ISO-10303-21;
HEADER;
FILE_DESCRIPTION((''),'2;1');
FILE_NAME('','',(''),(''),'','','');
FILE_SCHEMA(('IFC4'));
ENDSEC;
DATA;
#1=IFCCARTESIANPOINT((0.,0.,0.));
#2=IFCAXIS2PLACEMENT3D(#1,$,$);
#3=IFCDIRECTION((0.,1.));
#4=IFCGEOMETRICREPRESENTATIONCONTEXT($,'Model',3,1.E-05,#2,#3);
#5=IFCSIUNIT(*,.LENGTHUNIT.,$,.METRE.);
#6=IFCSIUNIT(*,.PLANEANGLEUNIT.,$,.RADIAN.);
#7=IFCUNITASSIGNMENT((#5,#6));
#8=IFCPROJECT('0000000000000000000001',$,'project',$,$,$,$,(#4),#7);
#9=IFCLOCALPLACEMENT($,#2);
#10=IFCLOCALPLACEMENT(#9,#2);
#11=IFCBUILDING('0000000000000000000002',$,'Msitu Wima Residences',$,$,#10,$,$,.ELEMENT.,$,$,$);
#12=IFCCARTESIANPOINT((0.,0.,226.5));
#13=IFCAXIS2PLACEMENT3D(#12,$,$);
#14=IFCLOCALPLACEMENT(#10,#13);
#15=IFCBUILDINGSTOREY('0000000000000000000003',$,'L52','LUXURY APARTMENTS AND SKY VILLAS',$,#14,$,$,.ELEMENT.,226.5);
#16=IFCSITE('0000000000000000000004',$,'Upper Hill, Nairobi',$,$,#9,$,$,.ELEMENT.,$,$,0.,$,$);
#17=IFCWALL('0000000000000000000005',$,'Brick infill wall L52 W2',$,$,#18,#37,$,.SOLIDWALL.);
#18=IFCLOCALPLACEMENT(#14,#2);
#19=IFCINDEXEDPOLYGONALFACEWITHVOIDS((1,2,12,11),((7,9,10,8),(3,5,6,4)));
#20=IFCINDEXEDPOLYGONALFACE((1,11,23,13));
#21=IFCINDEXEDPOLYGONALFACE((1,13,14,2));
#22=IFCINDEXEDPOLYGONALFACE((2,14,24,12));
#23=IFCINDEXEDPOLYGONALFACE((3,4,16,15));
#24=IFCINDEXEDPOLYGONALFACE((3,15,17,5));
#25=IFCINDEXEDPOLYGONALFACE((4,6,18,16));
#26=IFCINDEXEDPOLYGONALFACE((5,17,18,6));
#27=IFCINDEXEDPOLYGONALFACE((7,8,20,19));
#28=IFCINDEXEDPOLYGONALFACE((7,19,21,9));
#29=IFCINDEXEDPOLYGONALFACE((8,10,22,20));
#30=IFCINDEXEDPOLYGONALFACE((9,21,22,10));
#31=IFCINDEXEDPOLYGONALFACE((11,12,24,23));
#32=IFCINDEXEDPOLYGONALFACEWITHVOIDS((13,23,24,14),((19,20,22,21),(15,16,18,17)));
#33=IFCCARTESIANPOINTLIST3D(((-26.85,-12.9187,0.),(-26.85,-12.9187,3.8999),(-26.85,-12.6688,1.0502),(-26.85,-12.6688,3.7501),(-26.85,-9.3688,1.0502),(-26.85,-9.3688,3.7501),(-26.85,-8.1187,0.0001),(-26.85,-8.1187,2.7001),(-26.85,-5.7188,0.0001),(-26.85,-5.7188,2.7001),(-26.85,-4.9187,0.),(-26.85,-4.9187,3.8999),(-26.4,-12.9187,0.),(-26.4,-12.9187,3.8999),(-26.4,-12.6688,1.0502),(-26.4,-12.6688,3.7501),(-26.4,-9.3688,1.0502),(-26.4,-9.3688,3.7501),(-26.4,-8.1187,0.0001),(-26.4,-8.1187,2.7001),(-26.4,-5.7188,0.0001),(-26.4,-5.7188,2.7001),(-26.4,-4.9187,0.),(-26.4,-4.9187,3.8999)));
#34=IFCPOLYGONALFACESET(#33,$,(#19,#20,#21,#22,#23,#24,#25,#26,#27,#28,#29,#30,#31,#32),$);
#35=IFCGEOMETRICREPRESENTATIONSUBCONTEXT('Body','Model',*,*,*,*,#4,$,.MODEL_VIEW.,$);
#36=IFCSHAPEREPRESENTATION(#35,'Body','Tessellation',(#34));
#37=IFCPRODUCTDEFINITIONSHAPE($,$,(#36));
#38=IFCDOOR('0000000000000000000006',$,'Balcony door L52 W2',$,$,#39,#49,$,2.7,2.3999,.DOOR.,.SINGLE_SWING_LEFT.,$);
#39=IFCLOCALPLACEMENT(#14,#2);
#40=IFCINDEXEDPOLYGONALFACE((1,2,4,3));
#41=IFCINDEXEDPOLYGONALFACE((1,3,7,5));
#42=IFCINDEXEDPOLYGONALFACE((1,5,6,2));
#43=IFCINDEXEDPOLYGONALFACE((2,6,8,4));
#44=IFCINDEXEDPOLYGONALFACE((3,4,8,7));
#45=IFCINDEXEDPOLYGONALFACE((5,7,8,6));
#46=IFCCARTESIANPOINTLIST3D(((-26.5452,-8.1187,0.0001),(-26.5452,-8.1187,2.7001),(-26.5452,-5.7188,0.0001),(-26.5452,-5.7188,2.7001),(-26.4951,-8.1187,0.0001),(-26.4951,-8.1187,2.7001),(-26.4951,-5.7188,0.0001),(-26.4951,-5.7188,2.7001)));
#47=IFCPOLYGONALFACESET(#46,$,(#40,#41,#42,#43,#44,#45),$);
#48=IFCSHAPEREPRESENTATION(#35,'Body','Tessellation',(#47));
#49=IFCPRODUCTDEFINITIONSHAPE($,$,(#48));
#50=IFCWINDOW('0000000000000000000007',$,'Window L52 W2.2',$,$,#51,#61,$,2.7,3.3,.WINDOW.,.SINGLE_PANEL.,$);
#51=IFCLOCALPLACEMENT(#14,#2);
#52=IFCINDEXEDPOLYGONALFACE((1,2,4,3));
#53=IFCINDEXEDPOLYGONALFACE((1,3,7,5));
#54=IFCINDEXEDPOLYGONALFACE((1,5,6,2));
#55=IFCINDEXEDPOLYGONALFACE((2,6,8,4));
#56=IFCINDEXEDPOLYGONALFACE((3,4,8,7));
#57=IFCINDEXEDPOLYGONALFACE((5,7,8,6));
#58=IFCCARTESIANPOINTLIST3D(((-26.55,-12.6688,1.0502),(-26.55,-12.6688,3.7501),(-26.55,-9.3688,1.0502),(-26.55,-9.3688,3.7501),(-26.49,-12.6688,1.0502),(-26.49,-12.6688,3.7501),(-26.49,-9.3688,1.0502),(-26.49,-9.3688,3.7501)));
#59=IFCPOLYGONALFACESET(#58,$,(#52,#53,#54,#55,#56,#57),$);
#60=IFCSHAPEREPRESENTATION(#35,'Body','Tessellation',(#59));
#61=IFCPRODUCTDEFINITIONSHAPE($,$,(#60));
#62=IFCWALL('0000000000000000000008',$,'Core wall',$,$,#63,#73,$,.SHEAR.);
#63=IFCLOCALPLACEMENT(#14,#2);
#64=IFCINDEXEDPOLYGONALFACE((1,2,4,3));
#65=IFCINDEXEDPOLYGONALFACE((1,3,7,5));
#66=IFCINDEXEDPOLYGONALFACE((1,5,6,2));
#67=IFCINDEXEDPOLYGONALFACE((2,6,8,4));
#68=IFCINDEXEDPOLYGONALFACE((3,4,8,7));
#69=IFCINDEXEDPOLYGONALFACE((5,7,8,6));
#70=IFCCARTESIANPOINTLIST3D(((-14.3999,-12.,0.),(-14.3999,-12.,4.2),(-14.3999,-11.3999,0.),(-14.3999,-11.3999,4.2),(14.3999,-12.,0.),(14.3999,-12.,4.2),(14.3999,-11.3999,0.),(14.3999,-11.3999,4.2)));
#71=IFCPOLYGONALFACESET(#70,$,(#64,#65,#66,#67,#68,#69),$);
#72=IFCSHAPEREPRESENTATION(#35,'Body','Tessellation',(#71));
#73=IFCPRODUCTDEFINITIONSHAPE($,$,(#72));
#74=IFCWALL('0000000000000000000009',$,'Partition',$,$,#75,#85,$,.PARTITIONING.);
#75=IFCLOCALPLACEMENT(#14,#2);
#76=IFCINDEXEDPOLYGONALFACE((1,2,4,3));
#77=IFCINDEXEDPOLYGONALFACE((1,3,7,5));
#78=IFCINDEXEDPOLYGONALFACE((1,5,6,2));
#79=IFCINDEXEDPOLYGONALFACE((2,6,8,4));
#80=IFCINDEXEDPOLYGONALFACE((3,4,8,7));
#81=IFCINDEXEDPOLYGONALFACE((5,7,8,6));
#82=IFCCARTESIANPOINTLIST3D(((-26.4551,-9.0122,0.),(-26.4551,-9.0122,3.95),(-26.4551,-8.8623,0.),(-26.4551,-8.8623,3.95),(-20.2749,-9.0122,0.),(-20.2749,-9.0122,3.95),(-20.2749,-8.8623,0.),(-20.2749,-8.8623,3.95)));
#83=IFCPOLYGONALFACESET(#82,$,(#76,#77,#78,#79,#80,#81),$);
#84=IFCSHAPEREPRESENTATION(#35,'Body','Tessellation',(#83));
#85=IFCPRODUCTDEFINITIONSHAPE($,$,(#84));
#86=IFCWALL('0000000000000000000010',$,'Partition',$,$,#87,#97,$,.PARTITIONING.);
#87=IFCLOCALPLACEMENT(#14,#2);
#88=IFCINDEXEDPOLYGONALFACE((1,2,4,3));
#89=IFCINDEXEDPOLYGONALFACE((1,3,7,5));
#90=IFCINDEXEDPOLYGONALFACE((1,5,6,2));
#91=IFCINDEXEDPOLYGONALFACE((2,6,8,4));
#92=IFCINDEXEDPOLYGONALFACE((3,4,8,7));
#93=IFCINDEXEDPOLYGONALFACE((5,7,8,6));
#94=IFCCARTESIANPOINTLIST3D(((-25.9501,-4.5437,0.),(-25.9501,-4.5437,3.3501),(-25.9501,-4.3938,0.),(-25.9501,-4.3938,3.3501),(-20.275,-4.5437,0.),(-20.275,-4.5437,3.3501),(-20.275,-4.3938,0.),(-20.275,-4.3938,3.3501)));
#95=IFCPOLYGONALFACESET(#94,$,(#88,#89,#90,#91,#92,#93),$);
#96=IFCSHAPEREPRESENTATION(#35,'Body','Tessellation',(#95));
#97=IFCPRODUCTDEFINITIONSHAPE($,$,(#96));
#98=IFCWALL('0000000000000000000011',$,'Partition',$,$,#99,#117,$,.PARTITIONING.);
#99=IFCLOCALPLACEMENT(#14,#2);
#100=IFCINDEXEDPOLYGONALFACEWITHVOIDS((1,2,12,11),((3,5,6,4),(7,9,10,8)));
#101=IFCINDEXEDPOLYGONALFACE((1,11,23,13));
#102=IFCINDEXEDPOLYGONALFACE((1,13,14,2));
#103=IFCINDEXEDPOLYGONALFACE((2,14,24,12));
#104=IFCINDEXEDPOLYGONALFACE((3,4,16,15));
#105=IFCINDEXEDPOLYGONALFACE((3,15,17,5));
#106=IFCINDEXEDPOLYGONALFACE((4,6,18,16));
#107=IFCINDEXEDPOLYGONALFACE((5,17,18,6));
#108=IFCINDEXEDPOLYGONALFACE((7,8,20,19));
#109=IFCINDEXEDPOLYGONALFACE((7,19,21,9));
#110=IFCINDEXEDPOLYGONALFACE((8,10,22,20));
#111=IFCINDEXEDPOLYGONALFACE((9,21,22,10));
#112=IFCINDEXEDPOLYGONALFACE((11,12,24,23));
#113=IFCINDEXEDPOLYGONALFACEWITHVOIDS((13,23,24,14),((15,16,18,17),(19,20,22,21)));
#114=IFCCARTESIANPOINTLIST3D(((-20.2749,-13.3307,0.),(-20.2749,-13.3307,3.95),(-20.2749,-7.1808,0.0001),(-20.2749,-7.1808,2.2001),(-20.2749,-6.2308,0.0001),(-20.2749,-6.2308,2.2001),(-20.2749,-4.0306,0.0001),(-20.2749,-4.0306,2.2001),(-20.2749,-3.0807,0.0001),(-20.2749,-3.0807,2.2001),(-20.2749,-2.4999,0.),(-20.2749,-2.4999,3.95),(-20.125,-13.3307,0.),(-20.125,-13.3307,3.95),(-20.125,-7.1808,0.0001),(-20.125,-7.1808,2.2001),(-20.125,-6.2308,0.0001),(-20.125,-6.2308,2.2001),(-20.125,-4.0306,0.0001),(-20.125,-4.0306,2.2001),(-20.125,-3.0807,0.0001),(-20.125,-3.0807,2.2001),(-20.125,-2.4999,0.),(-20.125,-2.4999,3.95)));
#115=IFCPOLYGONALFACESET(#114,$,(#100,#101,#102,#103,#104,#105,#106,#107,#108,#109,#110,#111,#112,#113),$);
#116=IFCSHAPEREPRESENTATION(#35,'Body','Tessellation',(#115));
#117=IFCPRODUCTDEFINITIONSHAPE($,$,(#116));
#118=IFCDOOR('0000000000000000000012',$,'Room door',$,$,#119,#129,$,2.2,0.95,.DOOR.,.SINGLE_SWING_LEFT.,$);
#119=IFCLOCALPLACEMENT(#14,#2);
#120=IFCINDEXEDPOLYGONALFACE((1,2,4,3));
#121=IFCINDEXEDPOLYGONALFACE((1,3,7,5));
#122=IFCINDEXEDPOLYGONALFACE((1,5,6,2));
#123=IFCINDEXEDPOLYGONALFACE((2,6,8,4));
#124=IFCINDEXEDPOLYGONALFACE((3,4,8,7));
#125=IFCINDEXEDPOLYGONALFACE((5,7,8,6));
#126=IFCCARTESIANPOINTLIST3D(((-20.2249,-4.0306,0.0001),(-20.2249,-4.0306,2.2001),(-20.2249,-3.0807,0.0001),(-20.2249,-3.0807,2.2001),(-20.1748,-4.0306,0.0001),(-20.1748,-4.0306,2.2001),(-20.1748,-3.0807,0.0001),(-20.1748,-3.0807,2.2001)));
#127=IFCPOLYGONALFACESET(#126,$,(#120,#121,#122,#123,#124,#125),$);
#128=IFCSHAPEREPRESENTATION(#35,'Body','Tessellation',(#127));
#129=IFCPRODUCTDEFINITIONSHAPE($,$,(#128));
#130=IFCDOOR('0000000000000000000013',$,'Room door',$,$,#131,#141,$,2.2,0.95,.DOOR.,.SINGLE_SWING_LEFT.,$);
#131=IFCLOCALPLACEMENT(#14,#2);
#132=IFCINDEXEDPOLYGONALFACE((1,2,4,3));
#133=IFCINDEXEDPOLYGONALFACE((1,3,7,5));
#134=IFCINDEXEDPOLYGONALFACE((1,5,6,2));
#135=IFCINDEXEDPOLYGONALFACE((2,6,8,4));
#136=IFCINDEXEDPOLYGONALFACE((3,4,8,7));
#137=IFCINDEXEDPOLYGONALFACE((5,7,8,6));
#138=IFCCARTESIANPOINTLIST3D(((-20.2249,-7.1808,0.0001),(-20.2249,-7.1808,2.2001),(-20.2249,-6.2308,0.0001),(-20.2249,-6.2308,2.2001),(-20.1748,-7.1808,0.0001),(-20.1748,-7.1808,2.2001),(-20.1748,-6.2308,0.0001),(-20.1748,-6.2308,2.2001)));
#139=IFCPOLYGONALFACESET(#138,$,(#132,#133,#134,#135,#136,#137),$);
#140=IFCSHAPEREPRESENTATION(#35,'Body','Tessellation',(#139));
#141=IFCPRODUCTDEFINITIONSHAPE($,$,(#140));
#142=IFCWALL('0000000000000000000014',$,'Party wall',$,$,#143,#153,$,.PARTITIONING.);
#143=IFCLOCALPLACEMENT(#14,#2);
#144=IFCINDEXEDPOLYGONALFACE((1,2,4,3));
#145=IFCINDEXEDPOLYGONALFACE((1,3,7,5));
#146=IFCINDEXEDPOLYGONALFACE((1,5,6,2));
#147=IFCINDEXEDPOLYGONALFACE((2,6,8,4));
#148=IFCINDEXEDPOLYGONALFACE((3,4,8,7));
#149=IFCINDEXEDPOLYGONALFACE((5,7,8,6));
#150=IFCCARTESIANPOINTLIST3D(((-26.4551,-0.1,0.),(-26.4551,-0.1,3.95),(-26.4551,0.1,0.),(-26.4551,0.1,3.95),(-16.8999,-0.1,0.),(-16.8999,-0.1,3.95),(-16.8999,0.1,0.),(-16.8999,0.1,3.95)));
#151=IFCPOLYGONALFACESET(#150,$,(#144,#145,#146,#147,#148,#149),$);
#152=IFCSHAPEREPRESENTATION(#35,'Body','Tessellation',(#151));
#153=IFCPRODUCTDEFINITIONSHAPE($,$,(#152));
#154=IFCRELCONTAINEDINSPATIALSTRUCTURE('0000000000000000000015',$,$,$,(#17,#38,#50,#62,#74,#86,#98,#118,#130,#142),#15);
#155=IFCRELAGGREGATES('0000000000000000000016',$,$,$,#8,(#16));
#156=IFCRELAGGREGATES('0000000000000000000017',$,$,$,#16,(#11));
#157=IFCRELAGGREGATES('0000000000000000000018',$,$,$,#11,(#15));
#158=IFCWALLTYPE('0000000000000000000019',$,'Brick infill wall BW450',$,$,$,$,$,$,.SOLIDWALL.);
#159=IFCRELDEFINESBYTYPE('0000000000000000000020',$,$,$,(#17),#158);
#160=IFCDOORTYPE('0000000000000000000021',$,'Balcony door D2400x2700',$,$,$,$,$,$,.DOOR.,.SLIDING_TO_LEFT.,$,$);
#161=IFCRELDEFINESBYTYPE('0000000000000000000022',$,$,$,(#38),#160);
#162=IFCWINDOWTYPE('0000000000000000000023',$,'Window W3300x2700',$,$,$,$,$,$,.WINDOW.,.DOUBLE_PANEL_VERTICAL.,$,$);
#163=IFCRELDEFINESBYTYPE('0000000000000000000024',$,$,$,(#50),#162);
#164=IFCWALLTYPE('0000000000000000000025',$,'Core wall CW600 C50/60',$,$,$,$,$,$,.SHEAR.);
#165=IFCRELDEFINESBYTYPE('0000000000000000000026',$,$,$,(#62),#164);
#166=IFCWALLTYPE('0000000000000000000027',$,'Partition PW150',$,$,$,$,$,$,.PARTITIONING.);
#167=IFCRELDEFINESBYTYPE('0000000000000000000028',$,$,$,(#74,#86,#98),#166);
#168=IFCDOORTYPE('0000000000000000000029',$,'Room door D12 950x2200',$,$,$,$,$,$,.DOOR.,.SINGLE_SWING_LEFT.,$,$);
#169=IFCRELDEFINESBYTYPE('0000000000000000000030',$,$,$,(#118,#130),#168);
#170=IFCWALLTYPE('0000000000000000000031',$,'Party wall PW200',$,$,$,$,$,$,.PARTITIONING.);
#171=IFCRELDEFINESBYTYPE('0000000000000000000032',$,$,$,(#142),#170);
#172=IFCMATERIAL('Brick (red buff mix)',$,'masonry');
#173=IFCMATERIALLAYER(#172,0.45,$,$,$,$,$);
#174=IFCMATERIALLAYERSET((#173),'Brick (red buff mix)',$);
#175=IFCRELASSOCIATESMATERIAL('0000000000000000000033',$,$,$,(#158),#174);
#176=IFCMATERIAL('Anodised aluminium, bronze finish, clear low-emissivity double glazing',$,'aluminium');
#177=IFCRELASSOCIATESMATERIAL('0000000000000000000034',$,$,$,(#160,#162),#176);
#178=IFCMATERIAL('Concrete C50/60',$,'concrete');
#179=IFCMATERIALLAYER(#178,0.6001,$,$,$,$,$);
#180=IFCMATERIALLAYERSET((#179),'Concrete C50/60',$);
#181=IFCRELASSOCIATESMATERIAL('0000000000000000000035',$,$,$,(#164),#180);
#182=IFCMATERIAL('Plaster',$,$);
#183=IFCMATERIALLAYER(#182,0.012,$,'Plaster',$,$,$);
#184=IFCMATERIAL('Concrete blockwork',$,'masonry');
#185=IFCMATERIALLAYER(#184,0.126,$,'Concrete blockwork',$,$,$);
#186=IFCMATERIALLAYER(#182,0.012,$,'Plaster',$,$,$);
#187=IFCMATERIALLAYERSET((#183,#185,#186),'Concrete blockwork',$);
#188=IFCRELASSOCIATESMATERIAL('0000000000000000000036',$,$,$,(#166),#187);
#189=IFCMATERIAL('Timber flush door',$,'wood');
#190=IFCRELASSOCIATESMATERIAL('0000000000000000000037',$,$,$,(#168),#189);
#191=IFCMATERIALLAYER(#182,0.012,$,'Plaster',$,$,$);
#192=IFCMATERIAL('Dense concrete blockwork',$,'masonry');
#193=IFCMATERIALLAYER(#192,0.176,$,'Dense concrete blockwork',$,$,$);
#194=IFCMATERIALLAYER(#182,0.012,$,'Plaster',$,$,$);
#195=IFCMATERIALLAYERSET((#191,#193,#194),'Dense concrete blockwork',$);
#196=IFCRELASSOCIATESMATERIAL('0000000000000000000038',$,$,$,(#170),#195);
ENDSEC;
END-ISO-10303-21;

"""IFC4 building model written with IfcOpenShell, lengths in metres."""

from ifc_helpers import new_model, si_unit, direction, frame, frame_2d, origin, place, context, subcontext, project, spatial, rectangle, extrude, material, layer, layer_set, type_object, element, fill, save


model = new_model("IFC4")

# Units and contexts
model_context = context("Model", 3, precision=1e-05, world=origin(), true_north=direction((0.0, 1.0)))
body_context = subcontext(model_context, "Body", "Model", "MODEL_VIEW")
ifc_project = project(units=[si_unit("LENGTHUNIT", "METRE"), si_unit("PLANEANGLEUNIT", "RADIAN")], contexts=[model_context])

# Site, building, storey
site_placement = place(None, origin())
site = spatial("IfcSite", under=ifc_project, at=site_placement, Name="Upper Hill, Nairobi", CompositionType="ELEMENT", RefElevation=0.0)
building_placement = place(site_placement, origin())
building = spatial("IfcBuilding", under=site, at=building_placement, Name="Msitu Wima Residences", CompositionType="ELEMENT")
storey_placement = place(building_placement, frame((0.0, 0.0, 226.5)))
storey = spatial("IfcBuildingStorey", under=building, at=storey_placement, Name="L52", Description="LUXURY APARTMENTS AND SKY VILLAS", CompositionType="ELEMENT", Elevation=226.5)

# Shared definitions
ifc_material_1 = material(Name="Concrete C50/60", Category="concrete")

# Wall, openings, door, window
ifc_material_2 = material(Name="Brick (red buff mix)", Category="masonry")
ifc_layer_1 = layer(ifc_material_2, 0.45)
ifc_layer_set_1 = layer_set([ifc_layer_1], Name="Brick (red buff mix)")
wall_type_1 = type_object("IfcWallType", Name="Brick infill wall BW450", PredefinedType="SOLIDWALL", material=ifc_layer_set_1)
wall_1_placement = place(storey_placement, frame((-26.625, -4.9187, 0.0), z_axis=(0.0, 0.0, 1.0), x_axis=(0.0, -1.0, 0.0)))
wall_1 = element("IfcWall", 1, at=wall_1_placement, inside=storey, type_object=wall_type_1, Name="Brick infill wall L52 W2", PredefinedType="SOLIDWALL", context=body_context, shape_type="SweptSolid", body=[
    extrude(rectangle(XDim=8.0, YDim=0.45, at=frame_2d((4.0, 0.0))), origin(), (0.0, 0.0, 1.0), 3.8999),
])
opening_1_placement = place(wall_1_placement, frame((0.8, 0.0, 0.0)))
opening_1 = element("IfcOpeningElement", 2, at=opening_1_placement, cuts=wall_1, PredefinedType="OPENING", context=body_context, shape_type="SweptSolid", body=[
    extrude(rectangle(XDim=2.3999, YDim=2.7, at=frame_2d((1.2, 1.3501))), frame((0.0, 0.2349, 0.0), z_axis=(0.0, -1.0, 0.0), x_axis=(1.0, 0.0, 0.0)), (0.0, 0.0, 1.0), 0.47),
])
opening_2_placement = place(wall_1_placement, frame((4.4502, 0.0, 1.05)))
opening_2 = element("IfcOpeningElement", 3, at=opening_2_placement, cuts=wall_1, PredefinedType="OPENING", context=body_context, shape_type="SweptSolid", body=[
    extrude(rectangle(XDim=3.3, YDim=2.7, at=frame_2d((1.6499, 1.3501))), frame((0.0, 0.2349, 0.0), z_axis=(0.0, -1.0, 0.0), x_axis=(1.0, 0.0, 0.0)), (0.0, 0.0, 1.0), 0.47),
])
ifc_material_3 = material(Name="Anodised aluminium, bronze finish, clear low-emissivity double glazing", Category="aluminium")
door_type_1 = type_object("IfcDoorType", Name="Balcony door D2400x2700", OperationType="SLIDING_TO_LEFT", PredefinedType="DOOR", material=ifc_material_3)
door_1_placement = place(opening_1_placement, origin())
door_1 = element("IfcDoor", 4, at=door_1_placement, inside=storey, type_object=door_type_1, Name="Balcony door L52 W2", OperationType="SINGLE_SWING_LEFT", OverallHeight=2.7, OverallWidth=2.3999, PredefinedType="DOOR", context=body_context, shape_type="SweptSolid", body=[
    extrude(rectangle(XDim=2.3999, YDim=2.7, at=frame_2d((1.2, 1.3501))), frame((0.0, 0.1299, 0.0), z_axis=(0.0, -1.0, 0.0), x_axis=(1.0, 0.0, 0.0)), (0.0, 0.0, 1.0), 0.05),
])
fill(opening_1, door_1)
window_type = type_object("IfcWindowType", Name="Window W3300x2700", PartitioningType="DOUBLE_PANEL_VERTICAL", PredefinedType="WINDOW", material=ifc_material_3)
window_placement = place(opening_2_placement, origin())
window = element("IfcWindow", 5, at=window_placement, inside=storey, type_object=window_type, Name="Window L52 W2.2", OverallHeight=2.7, OverallWidth=3.3, PartitioningType="SINGLE_PANEL", PredefinedType="WINDOW", context=body_context, shape_type="SweptSolid", body=[
    extrude(rectangle(XDim=3.3, YDim=2.7, at=frame_2d((1.6499, 1.3501))), frame((0.0, 0.135, 0.0), z_axis=(0.0, -1.0, 0.0), x_axis=(1.0, 0.0, 0.0)), (0.0, 0.0, 1.0), 0.0601),
])
fill(opening_2, window)

# Wall
ifc_layer_2 = layer(ifc_material_1, 0.6001)
ifc_layer_set_2 = layer_set([ifc_layer_2], Name="Concrete C50/60")
wall_type_2 = type_object("IfcWallType", Name="Core wall CW600 C50/60", PredefinedType="SHEAR", material=ifc_layer_set_2)
wall_2_placement = place(storey_placement, frame((-14.3999, -11.7, 0.0), z_axis=(0.0, 0.0, 1.0), x_axis=(1.0, 0.0, 0.0)))
element("IfcWall", 6, at=wall_2_placement, inside=storey, type_object=wall_type_2, Name="Core wall", PredefinedType="SHEAR", context=body_context, shape_type="SweptSolid", body=[
    extrude(rectangle(XDim=28.7998, YDim=0.6001, at=frame_2d((14.3999, 0.0))), origin(), (0.0, 0.0, 1.0), 4.2),
])

# Walls
ifc_material_4 = material(Name="Plaster")
ifc_layer_3 = layer(ifc_material_4, 0.012, Name="Plaster")
ifc_material_5 = material(Name="Concrete blockwork", Category="masonry")
ifc_layer_4 = layer(ifc_material_5, 0.126, Name="Concrete blockwork")
ifc_layer_5 = layer(ifc_material_4, 0.012, Name="Plaster")
ifc_layer_set_3 = layer_set([ifc_layer_3, ifc_layer_4, ifc_layer_5], Name="Concrete blockwork")
wall_type_3 = type_object("IfcWallType", Name="Partition PW150", PredefinedType="PARTITIONING", material=ifc_layer_set_3)
wall_3_placement = place(storey_placement, frame((-26.4551, -8.9373, 0.0), z_axis=(0.0, 0.0, 1.0), x_axis=(1.0, 0.0, 0.0)))
element("IfcWall", 7, at=wall_3_placement, inside=storey, type_object=wall_type_3, Name="Partition", PredefinedType="PARTITIONING", context=body_context, shape_type="SweptSolid", body=[
    extrude(rectangle(XDim=6.1802, YDim=0.1499, at=frame_2d((3.0901, 0.0))), origin(), (0.0, 0.0, 1.0), 3.95),
])
wall_4_placement = place(storey_placement, frame((-25.95, -4.4688, 0.0), z_axis=(0.0, 0.0, 1.0), x_axis=(1.0, 0.0, 0.0)))
element("IfcWall", 8, at=wall_4_placement, inside=storey, type_object=wall_type_3, Name="Partition", PredefinedType="PARTITIONING", context=body_context, shape_type="SweptSolid", body=[
    extrude(rectangle(XDim=5.675, YDim=0.1499, at=frame_2d((2.8374, 0.0))), origin(), (0.0, 0.0, 1.0), 3.3501),
])

# Wall, openings, doors
wall_5_placement = place(storey_placement, frame((-20.2, -13.3308, 0.0), z_axis=(0.0, 0.0, 1.0), x_axis=(0.0, 1.0, 0.0)))
wall_5 = element("IfcWall", 9, at=wall_5_placement, inside=storey, type_object=wall_type_3, Name="Partition", PredefinedType="PARTITIONING", context=body_context, shape_type="SweptSolid", body=[
    extrude(rectangle(XDim=10.8308, YDim=0.1499, at=frame_2d((5.4155, 0.0))), origin(), (0.0, 0.0, 1.0), 3.95),
])
opening_3_placement = place(wall_5_placement, frame((9.3, 0.0, 0.0)))
opening_3 = element("IfcOpeningElement", 10, at=opening_3_placement, cuts=wall_5, PredefinedType="OPENING", context=body_context, shape_type="SweptSolid", body=[
    extrude(rectangle(XDim=0.95, YDim=2.2, at=frame_2d((0.4751, 1.1001))), frame((0.0, 0.085, 0.0), z_axis=(0.0, -1.0, 0.0), x_axis=(1.0, 0.0, 0.0)), (0.0, 0.0, 1.0), 0.1699),
])
opening_4_placement = place(wall_5_placement, frame((6.1499, 0.0, 0.0)))
opening_4 = element("IfcOpeningElement", 11, at=opening_4_placement, cuts=wall_5, PredefinedType="OPENING", context=body_context, shape_type="SweptSolid", body=[
    extrude(rectangle(XDim=0.95, YDim=2.2, at=frame_2d((0.4751, 1.1001))), frame((0.0, 0.085, 0.0), z_axis=(0.0, -1.0, 0.0), x_axis=(1.0, 0.0, 0.0)), (0.0, 0.0, 1.0), 0.1699),
])
ifc_material_6 = material(Name="Timber flush door", Category="wood")
door_type_2 = type_object("IfcDoorType", Name="Room door D12 950x2200", OperationType="SINGLE_SWING_LEFT", PredefinedType="DOOR", material=ifc_material_6)
door_2_placement = place(opening_3_placement, origin())
door_2 = element("IfcDoor", 12, at=door_2_placement, inside=storey, type_object=door_type_2, Name="Room door", OperationType="SINGLE_SWING_LEFT", OverallHeight=2.2, OverallWidth=0.95, PredefinedType="DOOR", context=body_context, shape_type="SweptSolid", body=[
    extrude(rectangle(XDim=0.95, YDim=2.2, at=frame_2d((0.4751, 1.1001))), frame((0.0, 0.0249, 0.0), z_axis=(0.0, -1.0, 0.0), x_axis=(1.0, 0.0, 0.0)), (0.0, 0.0, 1.0), 0.05),
])
fill(opening_3, door_2)
door_3_placement = place(opening_4_placement, origin())
door_3 = element("IfcDoor", 13, at=door_3_placement, inside=storey, type_object=door_type_2, Name="Room door", OperationType="SINGLE_SWING_LEFT", OverallHeight=2.2, OverallWidth=0.95, PredefinedType="DOOR", context=body_context, shape_type="SweptSolid", body=[
    extrude(rectangle(XDim=0.95, YDim=2.2, at=frame_2d((0.4751, 1.1001))), frame((0.0, 0.0249, 0.0), z_axis=(0.0, -1.0, 0.0), x_axis=(1.0, 0.0, 0.0)), (0.0, 0.0, 1.0), 0.05),
])
fill(opening_4, door_3)

# Wall
ifc_layer_6 = layer(ifc_material_4, 0.012, Name="Plaster")
ifc_material_7 = material(Name="Dense concrete blockwork", Category="masonry")
ifc_layer_7 = layer(ifc_material_7, 0.176, Name="Dense concrete blockwork")
ifc_layer_8 = layer(ifc_material_4, 0.012, Name="Plaster")
ifc_layer_set_4 = layer_set([ifc_layer_6, ifc_layer_7, ifc_layer_8], Name="Dense concrete blockwork")
wall_type_4 = type_object("IfcWallType", Name="Party wall PW200", PredefinedType="PARTITIONING", material=ifc_layer_set_4)
wall_6_placement = place(storey_placement, frame((-26.4551, 0.0, 0.0), z_axis=(0.0, 0.0, 1.0), x_axis=(1.0, 0.0, 0.0)))
element("IfcWall", 14, at=wall_6_placement, inside=storey, type_object=wall_type_4, Name="Party wall", PredefinedType="PARTITIONING", context=body_context, shape_type="SweptSolid", body=[
    extrude(rectangle(XDim=9.5552, YDim=0.2, at=frame_2d((4.7776, 0.0))), origin(), (0.0, 0.0, 1.0), 3.95),
])

save(model, "model.ifc")
